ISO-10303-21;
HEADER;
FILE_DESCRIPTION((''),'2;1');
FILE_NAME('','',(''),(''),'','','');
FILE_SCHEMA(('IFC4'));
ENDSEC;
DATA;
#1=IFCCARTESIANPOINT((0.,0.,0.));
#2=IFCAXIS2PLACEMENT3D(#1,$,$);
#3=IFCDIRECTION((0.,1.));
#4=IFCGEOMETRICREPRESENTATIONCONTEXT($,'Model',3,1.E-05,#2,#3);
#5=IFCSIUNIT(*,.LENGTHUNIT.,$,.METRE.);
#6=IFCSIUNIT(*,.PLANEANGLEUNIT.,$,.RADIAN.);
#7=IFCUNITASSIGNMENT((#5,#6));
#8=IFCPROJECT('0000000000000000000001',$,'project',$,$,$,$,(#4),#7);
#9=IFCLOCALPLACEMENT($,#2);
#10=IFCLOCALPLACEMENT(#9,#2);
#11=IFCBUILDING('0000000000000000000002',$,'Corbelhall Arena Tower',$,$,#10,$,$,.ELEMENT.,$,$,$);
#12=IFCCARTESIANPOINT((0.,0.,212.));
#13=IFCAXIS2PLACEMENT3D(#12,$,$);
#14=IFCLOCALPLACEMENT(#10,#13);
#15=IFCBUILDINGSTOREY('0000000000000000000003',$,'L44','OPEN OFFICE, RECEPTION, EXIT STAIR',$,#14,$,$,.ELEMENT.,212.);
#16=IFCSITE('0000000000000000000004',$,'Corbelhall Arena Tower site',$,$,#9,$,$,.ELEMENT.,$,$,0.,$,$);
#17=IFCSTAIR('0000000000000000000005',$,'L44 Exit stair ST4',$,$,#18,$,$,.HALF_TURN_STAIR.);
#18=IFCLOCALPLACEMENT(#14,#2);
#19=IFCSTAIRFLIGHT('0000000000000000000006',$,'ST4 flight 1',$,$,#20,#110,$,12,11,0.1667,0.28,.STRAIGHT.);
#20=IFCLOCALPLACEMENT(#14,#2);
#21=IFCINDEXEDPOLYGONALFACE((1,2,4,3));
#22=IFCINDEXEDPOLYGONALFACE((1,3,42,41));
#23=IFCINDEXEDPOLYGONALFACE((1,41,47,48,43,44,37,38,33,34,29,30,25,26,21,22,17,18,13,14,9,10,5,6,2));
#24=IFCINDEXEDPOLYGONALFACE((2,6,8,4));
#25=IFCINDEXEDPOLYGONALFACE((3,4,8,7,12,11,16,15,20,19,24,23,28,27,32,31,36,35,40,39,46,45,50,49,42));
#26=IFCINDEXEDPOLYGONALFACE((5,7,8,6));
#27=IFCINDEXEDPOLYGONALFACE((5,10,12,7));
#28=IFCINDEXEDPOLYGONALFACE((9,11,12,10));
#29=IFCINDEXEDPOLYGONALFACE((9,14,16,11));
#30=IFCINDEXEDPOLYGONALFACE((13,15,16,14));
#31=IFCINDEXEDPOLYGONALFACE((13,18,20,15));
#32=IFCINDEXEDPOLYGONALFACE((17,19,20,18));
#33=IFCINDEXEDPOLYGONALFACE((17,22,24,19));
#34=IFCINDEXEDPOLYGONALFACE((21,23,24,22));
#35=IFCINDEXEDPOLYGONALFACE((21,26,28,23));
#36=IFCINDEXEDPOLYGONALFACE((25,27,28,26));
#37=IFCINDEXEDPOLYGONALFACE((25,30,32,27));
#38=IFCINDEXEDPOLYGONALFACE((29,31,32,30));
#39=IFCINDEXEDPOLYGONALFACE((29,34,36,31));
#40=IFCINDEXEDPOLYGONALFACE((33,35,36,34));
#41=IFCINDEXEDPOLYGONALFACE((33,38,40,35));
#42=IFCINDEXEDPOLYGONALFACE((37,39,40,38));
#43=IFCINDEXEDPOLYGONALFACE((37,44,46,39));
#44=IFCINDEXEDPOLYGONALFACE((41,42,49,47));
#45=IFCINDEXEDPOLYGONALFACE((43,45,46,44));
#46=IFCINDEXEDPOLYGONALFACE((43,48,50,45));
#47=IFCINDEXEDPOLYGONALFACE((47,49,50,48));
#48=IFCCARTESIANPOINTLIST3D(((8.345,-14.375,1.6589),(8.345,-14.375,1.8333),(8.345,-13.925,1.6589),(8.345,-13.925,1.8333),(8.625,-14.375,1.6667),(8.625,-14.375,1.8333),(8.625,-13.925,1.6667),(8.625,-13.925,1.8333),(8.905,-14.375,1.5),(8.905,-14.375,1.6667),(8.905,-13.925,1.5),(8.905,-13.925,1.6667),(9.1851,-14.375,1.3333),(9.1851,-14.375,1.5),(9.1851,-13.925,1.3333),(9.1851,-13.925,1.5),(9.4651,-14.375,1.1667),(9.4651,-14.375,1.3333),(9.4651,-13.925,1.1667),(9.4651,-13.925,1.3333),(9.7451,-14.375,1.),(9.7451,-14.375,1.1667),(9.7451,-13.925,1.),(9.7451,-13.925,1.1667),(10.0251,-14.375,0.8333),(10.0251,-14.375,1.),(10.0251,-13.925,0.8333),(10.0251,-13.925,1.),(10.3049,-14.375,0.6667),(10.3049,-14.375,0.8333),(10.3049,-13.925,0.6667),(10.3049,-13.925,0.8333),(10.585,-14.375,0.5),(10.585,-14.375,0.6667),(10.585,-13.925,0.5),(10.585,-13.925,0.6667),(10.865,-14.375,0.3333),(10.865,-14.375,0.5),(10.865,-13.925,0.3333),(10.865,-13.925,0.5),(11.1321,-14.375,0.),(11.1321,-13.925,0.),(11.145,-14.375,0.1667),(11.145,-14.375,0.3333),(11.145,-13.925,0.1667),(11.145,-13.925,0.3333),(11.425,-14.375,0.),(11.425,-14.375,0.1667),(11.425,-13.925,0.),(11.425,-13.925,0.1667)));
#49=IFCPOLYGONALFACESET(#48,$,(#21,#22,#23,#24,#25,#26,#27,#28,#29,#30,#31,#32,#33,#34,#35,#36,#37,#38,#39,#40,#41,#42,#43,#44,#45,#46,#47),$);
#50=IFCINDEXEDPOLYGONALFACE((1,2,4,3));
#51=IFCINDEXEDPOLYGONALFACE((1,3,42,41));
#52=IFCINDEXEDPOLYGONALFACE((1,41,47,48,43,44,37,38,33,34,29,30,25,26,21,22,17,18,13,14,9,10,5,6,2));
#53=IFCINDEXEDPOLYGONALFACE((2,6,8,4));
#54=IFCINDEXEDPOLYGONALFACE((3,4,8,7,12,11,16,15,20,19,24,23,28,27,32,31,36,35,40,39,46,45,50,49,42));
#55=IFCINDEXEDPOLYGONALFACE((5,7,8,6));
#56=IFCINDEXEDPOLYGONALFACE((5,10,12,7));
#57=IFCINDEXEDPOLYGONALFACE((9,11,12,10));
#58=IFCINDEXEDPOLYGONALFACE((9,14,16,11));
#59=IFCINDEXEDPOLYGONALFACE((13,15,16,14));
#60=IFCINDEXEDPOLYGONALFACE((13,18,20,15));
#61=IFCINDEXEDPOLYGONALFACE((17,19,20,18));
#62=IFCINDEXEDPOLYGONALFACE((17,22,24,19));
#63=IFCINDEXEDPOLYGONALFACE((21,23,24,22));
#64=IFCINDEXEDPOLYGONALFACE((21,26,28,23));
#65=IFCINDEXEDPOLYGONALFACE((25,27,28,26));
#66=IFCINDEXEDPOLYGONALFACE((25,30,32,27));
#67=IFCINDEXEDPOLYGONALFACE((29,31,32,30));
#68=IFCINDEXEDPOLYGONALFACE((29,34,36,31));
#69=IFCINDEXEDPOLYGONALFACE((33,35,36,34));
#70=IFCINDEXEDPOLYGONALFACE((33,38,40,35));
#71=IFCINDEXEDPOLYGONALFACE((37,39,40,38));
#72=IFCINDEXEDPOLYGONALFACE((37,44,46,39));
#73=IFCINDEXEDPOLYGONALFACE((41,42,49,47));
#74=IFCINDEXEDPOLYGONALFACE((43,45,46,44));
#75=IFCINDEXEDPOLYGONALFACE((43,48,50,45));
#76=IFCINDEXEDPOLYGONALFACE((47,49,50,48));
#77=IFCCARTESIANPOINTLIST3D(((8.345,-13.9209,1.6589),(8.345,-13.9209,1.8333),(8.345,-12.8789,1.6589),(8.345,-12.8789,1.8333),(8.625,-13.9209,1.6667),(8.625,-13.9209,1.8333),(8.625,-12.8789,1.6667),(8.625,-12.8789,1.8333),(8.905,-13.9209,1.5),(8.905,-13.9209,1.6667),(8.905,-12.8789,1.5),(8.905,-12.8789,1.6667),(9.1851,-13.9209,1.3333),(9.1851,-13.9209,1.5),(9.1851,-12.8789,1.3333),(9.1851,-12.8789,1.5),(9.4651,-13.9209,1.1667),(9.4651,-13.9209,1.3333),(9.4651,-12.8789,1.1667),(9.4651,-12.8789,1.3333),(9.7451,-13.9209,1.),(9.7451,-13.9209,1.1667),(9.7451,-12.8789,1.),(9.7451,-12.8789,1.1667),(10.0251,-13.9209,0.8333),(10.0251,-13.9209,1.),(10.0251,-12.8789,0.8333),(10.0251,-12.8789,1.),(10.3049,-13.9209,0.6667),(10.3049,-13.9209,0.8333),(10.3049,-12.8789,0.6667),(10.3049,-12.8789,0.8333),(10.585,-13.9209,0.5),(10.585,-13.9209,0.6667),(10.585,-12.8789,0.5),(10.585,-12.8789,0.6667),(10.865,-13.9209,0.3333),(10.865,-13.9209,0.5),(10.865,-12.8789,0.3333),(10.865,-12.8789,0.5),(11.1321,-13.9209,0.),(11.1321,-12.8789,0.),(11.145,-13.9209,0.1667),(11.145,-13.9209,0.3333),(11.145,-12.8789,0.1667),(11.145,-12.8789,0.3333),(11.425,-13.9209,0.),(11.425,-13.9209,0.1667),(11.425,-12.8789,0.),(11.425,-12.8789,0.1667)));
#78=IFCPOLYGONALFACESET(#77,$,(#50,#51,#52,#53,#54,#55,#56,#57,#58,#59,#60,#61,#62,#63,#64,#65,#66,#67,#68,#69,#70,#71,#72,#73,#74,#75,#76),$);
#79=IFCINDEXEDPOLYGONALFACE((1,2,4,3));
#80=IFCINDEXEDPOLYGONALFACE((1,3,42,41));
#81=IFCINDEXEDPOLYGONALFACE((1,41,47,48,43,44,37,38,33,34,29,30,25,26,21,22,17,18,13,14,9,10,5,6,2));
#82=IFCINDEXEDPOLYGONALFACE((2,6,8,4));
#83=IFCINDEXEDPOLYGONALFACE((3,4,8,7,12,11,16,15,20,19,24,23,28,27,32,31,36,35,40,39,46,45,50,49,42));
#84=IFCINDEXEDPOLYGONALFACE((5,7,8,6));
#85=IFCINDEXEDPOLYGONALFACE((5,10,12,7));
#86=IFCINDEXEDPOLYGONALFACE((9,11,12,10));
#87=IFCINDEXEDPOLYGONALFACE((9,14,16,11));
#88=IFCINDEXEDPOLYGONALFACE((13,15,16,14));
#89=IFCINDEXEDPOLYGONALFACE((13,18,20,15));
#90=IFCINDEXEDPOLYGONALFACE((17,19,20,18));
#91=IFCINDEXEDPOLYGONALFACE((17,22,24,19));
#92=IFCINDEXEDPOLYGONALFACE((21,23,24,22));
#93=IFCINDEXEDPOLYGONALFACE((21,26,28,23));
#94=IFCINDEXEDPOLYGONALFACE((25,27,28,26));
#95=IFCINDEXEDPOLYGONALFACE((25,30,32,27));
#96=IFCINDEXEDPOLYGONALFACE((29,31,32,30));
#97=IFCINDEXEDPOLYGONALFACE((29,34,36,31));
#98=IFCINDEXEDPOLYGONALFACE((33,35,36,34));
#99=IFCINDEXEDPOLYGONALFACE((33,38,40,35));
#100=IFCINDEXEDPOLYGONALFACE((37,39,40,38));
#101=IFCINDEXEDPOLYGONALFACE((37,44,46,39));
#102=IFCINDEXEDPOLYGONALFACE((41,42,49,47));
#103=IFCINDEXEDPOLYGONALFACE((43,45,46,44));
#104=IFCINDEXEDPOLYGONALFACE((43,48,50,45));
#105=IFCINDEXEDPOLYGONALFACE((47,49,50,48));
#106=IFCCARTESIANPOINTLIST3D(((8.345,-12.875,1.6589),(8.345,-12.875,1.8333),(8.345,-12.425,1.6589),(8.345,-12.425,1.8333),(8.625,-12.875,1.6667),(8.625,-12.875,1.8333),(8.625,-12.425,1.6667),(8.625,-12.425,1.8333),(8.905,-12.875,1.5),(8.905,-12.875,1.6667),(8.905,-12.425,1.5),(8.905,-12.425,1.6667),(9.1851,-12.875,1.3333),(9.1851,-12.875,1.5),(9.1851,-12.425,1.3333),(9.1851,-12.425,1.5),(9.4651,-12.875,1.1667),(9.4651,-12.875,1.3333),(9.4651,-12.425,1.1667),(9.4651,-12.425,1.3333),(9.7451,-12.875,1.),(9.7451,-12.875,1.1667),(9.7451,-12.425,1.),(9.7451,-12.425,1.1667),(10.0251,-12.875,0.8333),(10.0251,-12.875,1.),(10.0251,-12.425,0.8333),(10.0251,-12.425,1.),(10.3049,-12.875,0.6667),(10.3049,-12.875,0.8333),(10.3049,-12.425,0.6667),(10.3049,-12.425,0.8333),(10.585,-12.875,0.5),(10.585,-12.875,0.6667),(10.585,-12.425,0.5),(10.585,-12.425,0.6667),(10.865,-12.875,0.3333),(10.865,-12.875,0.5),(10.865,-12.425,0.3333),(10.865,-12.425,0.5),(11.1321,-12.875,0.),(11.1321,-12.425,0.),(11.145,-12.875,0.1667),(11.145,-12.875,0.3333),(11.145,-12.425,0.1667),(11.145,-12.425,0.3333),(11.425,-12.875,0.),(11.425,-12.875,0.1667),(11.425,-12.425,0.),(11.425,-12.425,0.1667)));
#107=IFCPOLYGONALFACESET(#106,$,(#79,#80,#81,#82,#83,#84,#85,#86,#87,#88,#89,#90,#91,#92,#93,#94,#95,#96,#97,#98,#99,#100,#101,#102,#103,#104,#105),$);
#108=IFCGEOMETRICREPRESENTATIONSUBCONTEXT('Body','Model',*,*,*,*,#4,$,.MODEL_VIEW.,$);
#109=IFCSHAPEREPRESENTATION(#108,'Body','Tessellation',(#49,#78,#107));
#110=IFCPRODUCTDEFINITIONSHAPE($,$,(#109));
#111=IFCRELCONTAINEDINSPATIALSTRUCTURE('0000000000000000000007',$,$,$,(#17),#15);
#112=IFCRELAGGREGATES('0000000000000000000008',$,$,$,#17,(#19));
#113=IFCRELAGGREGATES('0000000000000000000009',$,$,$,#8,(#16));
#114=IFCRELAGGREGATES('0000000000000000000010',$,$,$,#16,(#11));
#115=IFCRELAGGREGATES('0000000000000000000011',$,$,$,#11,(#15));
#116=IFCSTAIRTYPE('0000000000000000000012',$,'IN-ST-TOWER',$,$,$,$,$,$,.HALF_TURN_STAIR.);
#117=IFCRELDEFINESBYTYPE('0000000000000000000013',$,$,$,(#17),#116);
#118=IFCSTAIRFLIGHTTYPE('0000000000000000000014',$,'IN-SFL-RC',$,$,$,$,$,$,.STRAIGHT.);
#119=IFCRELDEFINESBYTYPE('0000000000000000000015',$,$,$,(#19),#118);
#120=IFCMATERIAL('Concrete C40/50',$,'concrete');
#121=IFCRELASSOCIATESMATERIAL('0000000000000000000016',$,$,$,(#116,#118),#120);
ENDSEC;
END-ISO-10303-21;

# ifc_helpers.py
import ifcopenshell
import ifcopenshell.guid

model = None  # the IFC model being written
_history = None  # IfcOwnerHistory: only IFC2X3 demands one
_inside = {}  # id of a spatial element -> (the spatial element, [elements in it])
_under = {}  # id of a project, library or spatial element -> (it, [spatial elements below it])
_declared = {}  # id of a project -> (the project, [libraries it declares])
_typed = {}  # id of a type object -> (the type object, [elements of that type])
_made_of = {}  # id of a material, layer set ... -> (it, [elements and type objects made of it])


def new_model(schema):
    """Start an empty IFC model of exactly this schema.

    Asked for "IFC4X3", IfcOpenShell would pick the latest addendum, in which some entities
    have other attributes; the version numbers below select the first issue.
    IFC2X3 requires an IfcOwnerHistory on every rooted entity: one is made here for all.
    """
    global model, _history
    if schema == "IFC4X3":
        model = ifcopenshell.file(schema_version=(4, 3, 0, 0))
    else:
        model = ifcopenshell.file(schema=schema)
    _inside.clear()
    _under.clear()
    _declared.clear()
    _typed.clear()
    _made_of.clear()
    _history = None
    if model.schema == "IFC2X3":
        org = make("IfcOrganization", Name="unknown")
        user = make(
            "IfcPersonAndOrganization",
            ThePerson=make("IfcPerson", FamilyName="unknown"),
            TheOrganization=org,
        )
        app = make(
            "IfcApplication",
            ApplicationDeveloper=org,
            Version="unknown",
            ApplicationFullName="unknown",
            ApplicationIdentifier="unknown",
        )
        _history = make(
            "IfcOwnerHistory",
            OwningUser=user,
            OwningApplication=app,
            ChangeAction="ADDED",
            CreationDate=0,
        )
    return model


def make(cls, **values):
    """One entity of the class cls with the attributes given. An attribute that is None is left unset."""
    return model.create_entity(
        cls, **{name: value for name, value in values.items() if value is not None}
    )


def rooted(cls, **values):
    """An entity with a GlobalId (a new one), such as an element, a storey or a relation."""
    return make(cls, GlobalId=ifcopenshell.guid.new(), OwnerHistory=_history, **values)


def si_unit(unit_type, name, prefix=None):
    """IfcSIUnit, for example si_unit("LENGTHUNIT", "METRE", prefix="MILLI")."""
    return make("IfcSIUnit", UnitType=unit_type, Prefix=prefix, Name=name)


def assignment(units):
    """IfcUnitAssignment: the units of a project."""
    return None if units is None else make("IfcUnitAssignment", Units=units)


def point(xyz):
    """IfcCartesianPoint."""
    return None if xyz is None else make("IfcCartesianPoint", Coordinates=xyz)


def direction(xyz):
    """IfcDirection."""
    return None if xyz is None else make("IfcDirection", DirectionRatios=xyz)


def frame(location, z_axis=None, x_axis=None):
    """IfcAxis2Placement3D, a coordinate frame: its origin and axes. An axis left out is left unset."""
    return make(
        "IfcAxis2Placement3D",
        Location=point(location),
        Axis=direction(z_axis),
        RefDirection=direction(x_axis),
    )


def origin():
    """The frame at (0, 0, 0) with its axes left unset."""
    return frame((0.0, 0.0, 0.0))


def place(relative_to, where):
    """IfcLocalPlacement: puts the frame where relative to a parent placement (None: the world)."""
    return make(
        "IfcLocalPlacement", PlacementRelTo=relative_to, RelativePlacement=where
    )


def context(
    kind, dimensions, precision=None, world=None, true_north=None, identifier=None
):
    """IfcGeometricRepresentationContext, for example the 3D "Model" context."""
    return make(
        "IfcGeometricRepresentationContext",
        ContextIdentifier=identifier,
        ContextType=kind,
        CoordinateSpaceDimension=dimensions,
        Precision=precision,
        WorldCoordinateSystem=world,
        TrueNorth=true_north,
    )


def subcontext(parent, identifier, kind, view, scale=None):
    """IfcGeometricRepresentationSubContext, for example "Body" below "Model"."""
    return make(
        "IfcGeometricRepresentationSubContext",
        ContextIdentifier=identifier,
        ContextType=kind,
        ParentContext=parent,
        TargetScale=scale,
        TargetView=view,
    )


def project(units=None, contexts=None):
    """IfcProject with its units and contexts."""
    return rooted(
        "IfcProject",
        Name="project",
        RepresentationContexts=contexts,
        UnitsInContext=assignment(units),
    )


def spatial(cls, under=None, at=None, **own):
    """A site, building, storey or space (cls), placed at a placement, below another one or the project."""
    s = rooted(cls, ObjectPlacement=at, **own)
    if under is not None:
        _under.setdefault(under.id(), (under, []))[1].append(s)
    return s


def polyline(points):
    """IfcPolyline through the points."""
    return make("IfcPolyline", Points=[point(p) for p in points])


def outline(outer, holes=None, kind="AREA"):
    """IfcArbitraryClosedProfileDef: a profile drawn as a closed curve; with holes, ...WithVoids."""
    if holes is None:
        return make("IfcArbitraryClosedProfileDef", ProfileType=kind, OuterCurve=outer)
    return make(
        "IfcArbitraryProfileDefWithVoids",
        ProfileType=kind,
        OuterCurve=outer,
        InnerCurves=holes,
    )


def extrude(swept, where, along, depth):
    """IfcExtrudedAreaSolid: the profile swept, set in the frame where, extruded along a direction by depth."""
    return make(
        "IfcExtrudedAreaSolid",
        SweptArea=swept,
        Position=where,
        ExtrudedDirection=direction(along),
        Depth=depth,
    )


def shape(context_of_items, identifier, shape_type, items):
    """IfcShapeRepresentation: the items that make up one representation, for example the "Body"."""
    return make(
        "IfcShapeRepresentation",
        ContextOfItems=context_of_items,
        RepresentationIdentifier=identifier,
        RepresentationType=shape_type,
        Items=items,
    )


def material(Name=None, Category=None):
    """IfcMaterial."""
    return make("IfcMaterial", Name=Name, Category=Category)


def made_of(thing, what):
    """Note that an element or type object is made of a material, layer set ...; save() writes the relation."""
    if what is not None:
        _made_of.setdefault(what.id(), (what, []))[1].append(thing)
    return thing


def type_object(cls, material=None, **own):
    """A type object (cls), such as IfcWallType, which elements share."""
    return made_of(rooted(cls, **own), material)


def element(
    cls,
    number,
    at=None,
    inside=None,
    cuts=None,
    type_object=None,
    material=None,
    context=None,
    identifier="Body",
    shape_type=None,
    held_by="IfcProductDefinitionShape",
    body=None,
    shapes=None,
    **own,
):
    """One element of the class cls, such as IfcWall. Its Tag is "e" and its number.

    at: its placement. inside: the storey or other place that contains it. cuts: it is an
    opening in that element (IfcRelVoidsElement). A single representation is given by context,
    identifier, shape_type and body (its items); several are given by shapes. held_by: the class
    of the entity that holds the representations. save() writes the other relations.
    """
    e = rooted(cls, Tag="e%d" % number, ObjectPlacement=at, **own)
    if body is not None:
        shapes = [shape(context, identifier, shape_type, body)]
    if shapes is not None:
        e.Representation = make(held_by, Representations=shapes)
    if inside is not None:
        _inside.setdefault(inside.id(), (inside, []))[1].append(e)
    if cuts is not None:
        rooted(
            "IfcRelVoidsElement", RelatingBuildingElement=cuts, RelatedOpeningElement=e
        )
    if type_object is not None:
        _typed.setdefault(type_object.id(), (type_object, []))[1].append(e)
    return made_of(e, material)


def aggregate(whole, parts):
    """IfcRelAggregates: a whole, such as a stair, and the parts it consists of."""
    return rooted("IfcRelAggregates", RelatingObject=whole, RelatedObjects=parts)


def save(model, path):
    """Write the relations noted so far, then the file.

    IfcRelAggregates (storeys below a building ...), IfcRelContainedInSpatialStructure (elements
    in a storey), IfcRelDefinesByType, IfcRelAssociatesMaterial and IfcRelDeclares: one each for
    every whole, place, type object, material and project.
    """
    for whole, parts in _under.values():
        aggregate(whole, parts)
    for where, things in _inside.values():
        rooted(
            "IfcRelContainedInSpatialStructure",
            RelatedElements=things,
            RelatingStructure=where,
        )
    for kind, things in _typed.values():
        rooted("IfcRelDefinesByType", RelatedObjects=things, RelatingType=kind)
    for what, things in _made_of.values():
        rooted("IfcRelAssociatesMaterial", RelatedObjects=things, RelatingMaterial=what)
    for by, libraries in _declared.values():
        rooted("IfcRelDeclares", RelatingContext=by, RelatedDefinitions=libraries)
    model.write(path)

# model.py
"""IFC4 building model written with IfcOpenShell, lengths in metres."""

from ifc_helpers import new_model, si_unit, direction, frame, origin, place, context, subcontext, project, spatial, polyline, outline, extrude, material, type_object, element, aggregate, save


model = new_model("IFC4")

# Units and contexts
model_context = context("Model", 3, precision=1e-05, world=origin(), true_north=direction((0.0, 1.0)))
body_context = subcontext(model_context, "Body", "Model", "MODEL_VIEW")
ifc_project = project(units=[si_unit("LENGTHUNIT", "METRE"), si_unit("PLANEANGLEUNIT", "RADIAN")], contexts=[model_context])

# Site, building, storey
site_placement = place(None, origin())
site = spatial("IfcSite", under=ifc_project, at=site_placement, Name="Corbelhall Arena Tower site", CompositionType="ELEMENT", RefElevation=0.0)
building_placement = place(site_placement, origin())
building = spatial("IfcBuilding", under=site, at=building_placement, Name="Corbelhall Arena Tower", CompositionType="ELEMENT")
storey_placement = place(building_placement, frame((0.0, 0.0, 212.0)))
storey = spatial("IfcBuildingStorey", under=building, at=storey_placement, Name="L44", Description="OPEN OFFICE, RECEPTION, EXIT STAIR", CompositionType="ELEMENT", Elevation=212.0)

# Shared definitions
ifc_material_1 = material(Name="Concrete C40/50", Category="concrete")

# Stair, stair flight
stair_type = type_object("IfcStairType", Name="IN-ST-TOWER", PredefinedType="HALF_TURN_STAIR", material=ifc_material_1)
stair_placement = place(storey_placement, origin())
stair = element("IfcStair", 1, at=stair_placement, inside=storey, type_object=stair_type, Name="L44 Exit stair ST4", PredefinedType="HALF_TURN_STAIR")
stair_flight_type = type_object("IfcStairFlightType", Name="IN-SFL-RC", PredefinedType="STRAIGHT", material=ifc_material_1)
stair_flight_placement = place(storey_placement, frame((11.425, -13.3999, 0.0), z_axis=(0.0, 0.0, 1.0), x_axis=(-1.0, 0.0, 0.0)))
stair_flight = element("IfcStairFlight", 2, at=stair_flight_placement, type_object=stair_flight_type, Name="ST4 flight 1", NumberOfRisers=12, NumberOfTreads=11, PredefinedType="STRAIGHT", RiserHeight=0.1667, TreadLength=0.28, context=body_context, shape_type="SweptSolid", body=[
    extrude(outline(polyline([(0.0, 0.0), (0.0, 0.1667), (0.28, 0.1667), (0.28, 0.3333), (0.5601, 0.3333), (0.5601, 0.5), (0.8401, 0.5), (0.8401, 0.6667), (1.1201, 0.6667), (1.1201, 0.8333), (1.3999, 0.8333), (1.3999, 1.0), (1.6799, 1.0), (1.6799, 1.1667), (1.96, 1.1667), (1.96, 1.3333), (2.24, 1.3333), (2.24, 1.5), (2.52, 1.5), (2.52, 1.6667), (2.8, 1.6667), (2.8, 1.8333), (3.0801, 1.8333), (3.0801, 2.0), (3.0801, 1.6589), (0.293, 0.0), (0.0, 0.0)])), frame((0.0, 0.9751, 0.0), z_axis=(0.0, -1.0, 0.0), x_axis=(1.0, 0.0, 0.0)), (0.0, 0.0, 1.0), 0.45),
    extrude(outline(polyline([(0.0, 0.0), (0.0, 0.1667), (0.28, 0.1667), (0.28, 0.3333), (0.5601, 0.3333), (0.5601, 0.5), (0.8401, 0.5), (0.8401, 0.6667), (1.1201, 0.6667), (1.1201, 0.8333), (1.3999, 0.8333), (1.3999, 1.0), (1.6799, 1.0), (1.6799, 1.1667), (1.96, 1.1667), (1.96, 1.3333), (2.24, 1.3333), (2.24, 1.5), (2.52, 1.5), (2.52, 1.6667), (2.8, 1.6667), (2.8, 1.8333), (3.0801, 1.8333), (3.0801, 2.0), (3.0801, 1.6589), (0.293, 0.0), (0.0, 0.0)])), frame((0.0, 0.521, 0.0), z_axis=(0.0, -1.0, 0.0), x_axis=(1.0, 0.0, 0.0)), (0.0, 0.0, 1.0), 1.042),
    extrude(outline(polyline([(0.0, 0.0), (0.0, 0.1667), (0.28, 0.1667), (0.28, 0.3333), (0.5601, 0.3333), (0.5601, 0.5), (0.8401, 0.5), (0.8401, 0.6667), (1.1201, 0.6667), (1.1201, 0.8333), (1.3999, 0.8333), (1.3999, 1.0), (1.6799, 1.0), (1.6799, 1.1667), (1.96, 1.1667), (1.96, 1.3333), (2.24, 1.3333), (2.24, 1.5), (2.52, 1.5), (2.52, 1.6667), (2.8, 1.6667), (2.8, 1.8333), (3.0801, 1.8333), (3.0801, 2.0), (3.0801, 1.6589), (0.293, 0.0), (0.0, 0.0)])), frame((0.0, -0.5249, 0.0), z_axis=(0.0, -1.0, 0.0), x_axis=(1.0, 0.0, 0.0)), (0.0, 0.0, 1.0), 0.45),
])
aggregate(stair, [stair_flight])

save(model, "model.ifc")
